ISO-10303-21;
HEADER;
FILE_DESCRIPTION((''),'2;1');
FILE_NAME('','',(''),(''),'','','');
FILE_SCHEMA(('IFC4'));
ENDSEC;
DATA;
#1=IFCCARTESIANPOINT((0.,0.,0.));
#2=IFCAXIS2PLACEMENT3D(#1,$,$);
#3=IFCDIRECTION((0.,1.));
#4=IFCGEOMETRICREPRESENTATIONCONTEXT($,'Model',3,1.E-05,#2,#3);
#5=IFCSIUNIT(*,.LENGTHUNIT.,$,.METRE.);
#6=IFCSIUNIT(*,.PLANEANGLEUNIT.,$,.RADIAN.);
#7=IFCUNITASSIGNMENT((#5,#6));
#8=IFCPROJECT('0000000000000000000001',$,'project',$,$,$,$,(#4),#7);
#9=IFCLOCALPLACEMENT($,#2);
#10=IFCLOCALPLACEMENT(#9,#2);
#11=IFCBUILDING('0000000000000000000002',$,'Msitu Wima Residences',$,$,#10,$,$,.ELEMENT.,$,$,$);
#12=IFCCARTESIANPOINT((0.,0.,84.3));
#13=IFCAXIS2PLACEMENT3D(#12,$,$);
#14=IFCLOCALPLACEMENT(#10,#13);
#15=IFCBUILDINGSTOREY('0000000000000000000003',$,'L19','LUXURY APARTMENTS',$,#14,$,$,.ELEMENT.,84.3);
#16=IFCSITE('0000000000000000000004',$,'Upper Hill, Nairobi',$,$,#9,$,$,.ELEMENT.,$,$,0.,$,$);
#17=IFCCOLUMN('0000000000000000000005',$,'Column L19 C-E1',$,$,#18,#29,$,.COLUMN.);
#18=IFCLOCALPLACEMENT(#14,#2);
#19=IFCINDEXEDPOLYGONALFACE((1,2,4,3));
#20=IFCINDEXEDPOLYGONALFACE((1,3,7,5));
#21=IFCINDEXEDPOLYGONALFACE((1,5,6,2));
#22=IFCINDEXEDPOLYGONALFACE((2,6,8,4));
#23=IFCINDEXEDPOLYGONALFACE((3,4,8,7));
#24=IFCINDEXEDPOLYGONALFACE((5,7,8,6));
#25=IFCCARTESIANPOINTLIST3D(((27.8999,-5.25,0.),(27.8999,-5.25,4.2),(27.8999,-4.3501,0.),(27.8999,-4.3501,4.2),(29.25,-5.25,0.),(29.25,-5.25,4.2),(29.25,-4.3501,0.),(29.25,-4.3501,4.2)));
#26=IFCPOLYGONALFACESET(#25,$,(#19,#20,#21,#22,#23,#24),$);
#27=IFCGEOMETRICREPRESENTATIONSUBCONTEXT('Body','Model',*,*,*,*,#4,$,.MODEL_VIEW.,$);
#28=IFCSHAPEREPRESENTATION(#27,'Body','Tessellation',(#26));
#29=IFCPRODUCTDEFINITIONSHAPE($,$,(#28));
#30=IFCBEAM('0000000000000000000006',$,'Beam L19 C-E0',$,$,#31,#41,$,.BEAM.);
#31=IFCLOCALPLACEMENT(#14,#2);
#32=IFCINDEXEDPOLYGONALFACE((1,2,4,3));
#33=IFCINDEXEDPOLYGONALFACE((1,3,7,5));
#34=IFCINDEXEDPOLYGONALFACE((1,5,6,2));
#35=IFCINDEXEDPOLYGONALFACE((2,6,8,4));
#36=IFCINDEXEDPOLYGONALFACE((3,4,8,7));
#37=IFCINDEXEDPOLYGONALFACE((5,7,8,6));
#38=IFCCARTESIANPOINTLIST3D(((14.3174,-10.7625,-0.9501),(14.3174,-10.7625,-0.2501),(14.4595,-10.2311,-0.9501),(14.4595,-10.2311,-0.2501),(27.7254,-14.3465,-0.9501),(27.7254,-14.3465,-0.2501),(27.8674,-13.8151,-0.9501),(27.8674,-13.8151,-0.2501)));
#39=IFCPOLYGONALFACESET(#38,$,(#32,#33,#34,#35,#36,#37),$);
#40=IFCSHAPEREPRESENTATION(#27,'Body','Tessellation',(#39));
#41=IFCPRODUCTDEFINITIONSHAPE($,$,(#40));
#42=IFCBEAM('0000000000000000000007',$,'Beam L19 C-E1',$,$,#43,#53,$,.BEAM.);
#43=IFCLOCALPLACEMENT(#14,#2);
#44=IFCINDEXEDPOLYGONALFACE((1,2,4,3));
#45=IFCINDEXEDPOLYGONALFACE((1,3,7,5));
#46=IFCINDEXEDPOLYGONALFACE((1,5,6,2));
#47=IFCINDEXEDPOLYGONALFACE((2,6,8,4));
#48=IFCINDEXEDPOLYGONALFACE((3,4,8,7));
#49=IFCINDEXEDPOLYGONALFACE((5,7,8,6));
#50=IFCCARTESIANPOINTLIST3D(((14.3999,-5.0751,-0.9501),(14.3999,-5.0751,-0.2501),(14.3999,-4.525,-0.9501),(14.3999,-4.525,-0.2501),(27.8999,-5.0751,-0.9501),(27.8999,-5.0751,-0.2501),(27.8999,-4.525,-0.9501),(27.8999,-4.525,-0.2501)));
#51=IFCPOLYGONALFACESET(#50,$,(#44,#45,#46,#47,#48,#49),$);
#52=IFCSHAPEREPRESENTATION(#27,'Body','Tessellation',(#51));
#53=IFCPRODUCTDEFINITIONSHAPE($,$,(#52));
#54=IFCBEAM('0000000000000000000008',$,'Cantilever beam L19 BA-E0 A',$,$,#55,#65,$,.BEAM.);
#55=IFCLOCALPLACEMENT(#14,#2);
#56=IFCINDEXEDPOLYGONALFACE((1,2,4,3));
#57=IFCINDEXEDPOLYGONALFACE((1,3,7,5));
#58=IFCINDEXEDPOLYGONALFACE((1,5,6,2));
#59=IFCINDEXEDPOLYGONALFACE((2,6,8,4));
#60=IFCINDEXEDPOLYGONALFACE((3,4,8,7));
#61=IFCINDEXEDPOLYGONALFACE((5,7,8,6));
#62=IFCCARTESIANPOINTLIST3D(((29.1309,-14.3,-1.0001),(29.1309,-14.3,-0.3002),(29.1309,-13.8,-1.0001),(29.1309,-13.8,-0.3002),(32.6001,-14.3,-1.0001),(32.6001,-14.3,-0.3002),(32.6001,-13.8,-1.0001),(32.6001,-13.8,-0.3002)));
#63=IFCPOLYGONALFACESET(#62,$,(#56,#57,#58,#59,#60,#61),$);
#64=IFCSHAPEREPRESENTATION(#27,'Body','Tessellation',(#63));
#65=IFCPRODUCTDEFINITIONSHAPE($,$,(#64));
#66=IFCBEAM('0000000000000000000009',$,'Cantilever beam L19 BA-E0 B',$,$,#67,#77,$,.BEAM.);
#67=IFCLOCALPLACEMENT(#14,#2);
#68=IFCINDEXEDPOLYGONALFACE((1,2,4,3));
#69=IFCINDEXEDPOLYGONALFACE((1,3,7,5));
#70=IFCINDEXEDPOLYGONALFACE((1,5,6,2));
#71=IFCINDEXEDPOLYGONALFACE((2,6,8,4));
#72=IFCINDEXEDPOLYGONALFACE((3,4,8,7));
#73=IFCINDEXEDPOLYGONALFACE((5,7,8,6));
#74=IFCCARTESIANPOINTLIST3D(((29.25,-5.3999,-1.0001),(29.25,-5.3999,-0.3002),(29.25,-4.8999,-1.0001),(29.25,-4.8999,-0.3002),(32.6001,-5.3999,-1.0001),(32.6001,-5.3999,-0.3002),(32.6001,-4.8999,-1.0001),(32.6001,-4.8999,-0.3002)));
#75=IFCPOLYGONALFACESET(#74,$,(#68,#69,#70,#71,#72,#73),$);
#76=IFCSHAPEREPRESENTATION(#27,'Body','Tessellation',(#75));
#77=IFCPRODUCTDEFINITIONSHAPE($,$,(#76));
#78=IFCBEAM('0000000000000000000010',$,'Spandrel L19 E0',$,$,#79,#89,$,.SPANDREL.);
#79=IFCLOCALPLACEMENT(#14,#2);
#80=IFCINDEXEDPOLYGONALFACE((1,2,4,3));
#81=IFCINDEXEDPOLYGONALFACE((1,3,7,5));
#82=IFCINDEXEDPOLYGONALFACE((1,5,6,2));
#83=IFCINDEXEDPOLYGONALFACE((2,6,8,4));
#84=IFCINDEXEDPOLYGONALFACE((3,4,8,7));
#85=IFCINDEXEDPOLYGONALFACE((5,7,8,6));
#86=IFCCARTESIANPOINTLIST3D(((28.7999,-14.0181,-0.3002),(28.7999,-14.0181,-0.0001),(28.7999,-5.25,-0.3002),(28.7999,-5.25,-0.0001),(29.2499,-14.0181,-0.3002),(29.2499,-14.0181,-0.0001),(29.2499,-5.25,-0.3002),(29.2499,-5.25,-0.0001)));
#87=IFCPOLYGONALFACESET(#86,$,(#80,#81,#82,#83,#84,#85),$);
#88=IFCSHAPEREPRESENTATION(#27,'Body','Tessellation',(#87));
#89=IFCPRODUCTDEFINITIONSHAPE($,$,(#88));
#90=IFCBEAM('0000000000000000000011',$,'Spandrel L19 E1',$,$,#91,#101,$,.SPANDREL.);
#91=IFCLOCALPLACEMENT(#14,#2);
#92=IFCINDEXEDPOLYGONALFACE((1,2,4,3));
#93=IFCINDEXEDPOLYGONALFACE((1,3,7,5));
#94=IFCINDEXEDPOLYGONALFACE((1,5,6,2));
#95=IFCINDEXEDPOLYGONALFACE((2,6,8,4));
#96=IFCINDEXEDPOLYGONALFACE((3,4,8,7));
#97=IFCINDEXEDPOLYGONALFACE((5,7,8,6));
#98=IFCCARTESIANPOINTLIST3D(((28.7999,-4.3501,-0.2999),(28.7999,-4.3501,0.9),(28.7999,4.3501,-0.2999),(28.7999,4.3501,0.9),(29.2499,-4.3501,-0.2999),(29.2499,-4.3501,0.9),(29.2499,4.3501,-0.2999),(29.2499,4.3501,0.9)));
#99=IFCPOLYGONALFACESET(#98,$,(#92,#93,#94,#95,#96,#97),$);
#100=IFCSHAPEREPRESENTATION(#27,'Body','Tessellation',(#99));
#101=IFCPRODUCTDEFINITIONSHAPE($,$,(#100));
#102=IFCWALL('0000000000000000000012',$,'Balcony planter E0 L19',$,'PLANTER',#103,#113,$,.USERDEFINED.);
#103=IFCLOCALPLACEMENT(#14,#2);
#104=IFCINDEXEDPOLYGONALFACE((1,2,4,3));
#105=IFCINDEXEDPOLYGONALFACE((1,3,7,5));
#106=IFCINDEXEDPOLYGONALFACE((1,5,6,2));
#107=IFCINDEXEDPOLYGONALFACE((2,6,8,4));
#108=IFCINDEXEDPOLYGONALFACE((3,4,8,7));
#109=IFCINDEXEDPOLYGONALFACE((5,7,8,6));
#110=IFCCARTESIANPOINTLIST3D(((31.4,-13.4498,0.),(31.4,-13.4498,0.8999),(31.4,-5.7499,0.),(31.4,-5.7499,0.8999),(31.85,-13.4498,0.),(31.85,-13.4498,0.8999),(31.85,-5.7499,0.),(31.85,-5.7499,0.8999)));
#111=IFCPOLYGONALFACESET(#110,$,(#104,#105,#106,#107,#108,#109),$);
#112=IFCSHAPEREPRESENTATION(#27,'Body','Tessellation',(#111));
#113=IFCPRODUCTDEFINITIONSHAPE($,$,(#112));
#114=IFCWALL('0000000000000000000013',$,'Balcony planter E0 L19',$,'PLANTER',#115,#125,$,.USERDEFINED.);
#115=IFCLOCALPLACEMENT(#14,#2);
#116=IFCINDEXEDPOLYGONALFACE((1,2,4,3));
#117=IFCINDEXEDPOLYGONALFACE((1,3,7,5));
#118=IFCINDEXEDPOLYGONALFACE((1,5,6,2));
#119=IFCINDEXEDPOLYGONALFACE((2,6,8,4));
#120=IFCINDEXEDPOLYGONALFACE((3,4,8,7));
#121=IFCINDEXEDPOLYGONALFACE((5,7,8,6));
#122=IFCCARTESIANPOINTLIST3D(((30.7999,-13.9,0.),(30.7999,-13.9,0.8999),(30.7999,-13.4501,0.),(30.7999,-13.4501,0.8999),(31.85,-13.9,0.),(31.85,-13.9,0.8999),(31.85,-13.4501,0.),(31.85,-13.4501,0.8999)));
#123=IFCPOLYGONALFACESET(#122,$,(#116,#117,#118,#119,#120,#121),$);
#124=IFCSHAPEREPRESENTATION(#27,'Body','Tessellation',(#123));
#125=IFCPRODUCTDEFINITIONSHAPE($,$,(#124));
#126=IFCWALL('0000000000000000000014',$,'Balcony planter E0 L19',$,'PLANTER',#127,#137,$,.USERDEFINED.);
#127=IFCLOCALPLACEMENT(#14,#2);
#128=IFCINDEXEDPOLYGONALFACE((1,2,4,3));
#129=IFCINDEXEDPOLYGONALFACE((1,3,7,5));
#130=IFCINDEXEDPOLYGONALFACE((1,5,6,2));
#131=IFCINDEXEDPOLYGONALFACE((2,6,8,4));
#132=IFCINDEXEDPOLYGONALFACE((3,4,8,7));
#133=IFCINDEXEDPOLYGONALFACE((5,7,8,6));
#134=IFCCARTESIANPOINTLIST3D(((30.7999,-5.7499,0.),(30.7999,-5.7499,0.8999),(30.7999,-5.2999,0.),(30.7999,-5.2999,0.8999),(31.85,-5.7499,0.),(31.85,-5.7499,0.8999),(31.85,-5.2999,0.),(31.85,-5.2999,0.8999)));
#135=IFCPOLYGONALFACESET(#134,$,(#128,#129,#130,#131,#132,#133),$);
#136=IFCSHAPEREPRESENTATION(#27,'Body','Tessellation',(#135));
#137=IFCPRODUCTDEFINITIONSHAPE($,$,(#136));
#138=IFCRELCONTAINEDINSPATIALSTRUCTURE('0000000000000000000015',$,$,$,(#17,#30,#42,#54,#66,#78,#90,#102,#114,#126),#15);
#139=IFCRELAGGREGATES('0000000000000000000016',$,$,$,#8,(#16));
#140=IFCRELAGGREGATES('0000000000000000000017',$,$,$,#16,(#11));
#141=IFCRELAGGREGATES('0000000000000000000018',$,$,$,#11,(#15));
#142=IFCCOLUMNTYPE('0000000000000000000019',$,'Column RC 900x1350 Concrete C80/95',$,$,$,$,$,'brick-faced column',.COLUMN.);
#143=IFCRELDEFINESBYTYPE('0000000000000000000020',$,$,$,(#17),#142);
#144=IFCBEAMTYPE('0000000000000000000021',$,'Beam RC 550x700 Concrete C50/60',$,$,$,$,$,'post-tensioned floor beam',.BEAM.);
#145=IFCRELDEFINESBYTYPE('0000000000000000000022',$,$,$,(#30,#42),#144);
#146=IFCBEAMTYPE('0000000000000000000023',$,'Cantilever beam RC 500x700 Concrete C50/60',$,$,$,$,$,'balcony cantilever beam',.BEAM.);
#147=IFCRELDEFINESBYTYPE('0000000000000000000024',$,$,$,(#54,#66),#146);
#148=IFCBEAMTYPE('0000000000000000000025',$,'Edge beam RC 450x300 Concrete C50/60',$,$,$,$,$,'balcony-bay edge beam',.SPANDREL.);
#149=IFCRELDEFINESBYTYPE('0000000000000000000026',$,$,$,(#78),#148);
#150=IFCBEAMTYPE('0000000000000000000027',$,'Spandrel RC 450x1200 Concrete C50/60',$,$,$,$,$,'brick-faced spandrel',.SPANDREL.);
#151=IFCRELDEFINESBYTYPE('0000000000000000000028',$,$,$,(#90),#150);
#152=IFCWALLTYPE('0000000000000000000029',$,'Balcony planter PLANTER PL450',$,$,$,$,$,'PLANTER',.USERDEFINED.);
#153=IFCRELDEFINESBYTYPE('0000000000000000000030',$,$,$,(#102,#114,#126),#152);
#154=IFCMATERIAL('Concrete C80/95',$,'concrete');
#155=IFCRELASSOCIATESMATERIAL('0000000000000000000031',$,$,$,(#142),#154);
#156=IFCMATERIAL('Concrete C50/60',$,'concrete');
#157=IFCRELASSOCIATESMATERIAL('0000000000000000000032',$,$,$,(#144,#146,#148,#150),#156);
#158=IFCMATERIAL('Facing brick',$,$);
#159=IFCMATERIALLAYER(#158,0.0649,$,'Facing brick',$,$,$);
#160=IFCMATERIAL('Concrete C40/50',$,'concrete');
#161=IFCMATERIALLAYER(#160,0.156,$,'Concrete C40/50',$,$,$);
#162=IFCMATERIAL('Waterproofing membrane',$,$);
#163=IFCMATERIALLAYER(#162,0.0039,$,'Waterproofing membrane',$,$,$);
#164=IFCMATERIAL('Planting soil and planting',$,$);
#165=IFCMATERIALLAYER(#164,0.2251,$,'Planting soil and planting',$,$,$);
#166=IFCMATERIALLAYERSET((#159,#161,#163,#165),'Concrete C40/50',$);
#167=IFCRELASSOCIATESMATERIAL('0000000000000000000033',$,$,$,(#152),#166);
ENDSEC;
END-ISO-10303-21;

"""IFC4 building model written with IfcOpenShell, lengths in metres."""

from ifc_helpers import new_model, si_unit, direction, frame, frame_2d, origin, origin_2d, place, context, subcontext, project, spatial, rectangle, extrude, material, layer, layer_set, material_profile, profile_set, type_object, element, save


model = new_model("IFC4")

# Units and contexts
model_context = context("Model", 3, precision=1e-05, world=origin(), true_north=direction((0.0, 1.0)))
body_context = subcontext(model_context, "Body", "Model", "MODEL_VIEW")
ifc_project = project(units=[si_unit("LENGTHUNIT", "METRE"), si_unit("PLANEANGLEUNIT", "RADIAN")], contexts=[model_context])

# Site, building, storey
site_placement = place(None, origin())
site = spatial("IfcSite", under=ifc_project, at=site_placement, Name="Upper Hill, Nairobi", CompositionType="ELEMENT", RefElevation=0.0)
building_placement = place(site_placement, origin())
building = spatial("IfcBuilding", under=site, at=building_placement, Name="Msitu Wima Residences", CompositionType="ELEMENT")
storey_placement = place(building_placement, frame((0.0, 0.0, 84.3)))
storey = spatial("IfcBuildingStorey", under=building, at=storey_placement, Name="L19", Description="LUXURY APARTMENTS", CompositionType="ELEMENT", Elevation=84.3)

# Column
ifc_material_1 = material(Name="Concrete C80/95", Category="concrete")
ifc_material_profile_1 = material_profile(ifc_material_1, rectangle(XDim=0.8999, YDim=1.3501, at=origin_2d()), Name="RC 900x1350")
ifc_profile_set_1 = profile_set([ifc_material_profile_1], Name="Concrete C80/95")
column_type = type_object("IfcColumnType", Name="Column RC 900x1350 Concrete C80/95", ElementType="brick-faced column", PredefinedType="COLUMN", material=ifc_profile_set_1)
column_placement = place(storey_placement, frame((28.575, -4.8, 0.0), z_axis=(0.0, 0.0, 1.0), x_axis=(0.0, 1.0, 0.0)))
element("IfcColumn", 1, at=column_placement, inside=storey, type_object=column_type, Name="Column L19 C-E1", PredefinedType="COLUMN", context=body_context, shape_type="SweptSolid", body=[
    extrude(rectangle(XDim=0.8999, YDim=1.3501, at=origin_2d()), origin(), (0.0, 0.0, 1.0), 4.2),
])

# Beams
ifc_material_2 = material(Name="Concrete C50/60", Category="concrete")
ifc_material_profile_2 = material_profile(ifc_material_2, rectangle(XDim=0.55, YDim=0.7, at=origin_2d()), Name="RC 550x700")
ifc_profile_set_2 = profile_set([ifc_material_profile_2], Name="Concrete C50/60")
beam_type_1 = type_object("IfcBeamType", Name="Beam RC 550x700 Concrete C50/60", ElementType="post-tensioned floor beam", PredefinedType="BEAM", material=ifc_profile_set_2)
beam_1_placement = place(storey_placement, frame((27.7964, -14.0808, -0.6001), z_axis=(-0.966082, 0.258236, 0.0), x_axis=(-0.258236, -0.966082, 0.0)))
element("IfcBeam", 2, at=beam_1_placement, inside=storey, type_object=beam_type_1, Name="Beam L19 C-E0", PredefinedType="BEAM", context=body_context, shape_type="SweptSolid", body=[
    extrude(rectangle(XDim=0.55, YDim=0.7, at=origin_2d()), origin(), (0.0, 0.0, 1.0), 13.8787),
])
beam_2_placement = place(storey_placement, frame((27.8999, -4.8, -0.6001), z_axis=(-1.0, 0.0, 0.0), x_axis=(0.0, -1.0, 0.0)))
element("IfcBeam", 3, at=beam_2_placement, inside=storey, type_object=beam_type_1, Name="Beam L19 C-E1", PredefinedType="BEAM", context=body_context, shape_type="SweptSolid", body=[
    extrude(rectangle(XDim=0.55, YDim=0.7, at=origin_2d()), origin(), (0.0, 0.0, 1.0), 13.5),
])
ifc_material_profile_3 = material_profile(ifc_material_2, rectangle(XDim=0.5, YDim=0.7, at=origin_2d()), Name="RC 500x700")
ifc_profile_set_3 = profile_set([ifc_material_profile_3], Name="Concrete C50/60")
beam_type_2 = type_object("IfcBeamType", Name="Cantilever beam RC 500x700 Concrete C50/60", ElementType="balcony cantilever beam", PredefinedType="BEAM", material=ifc_profile_set_3)
beam_3_placement = place(storey_placement, frame((29.1309, -14.05, -0.6501), z_axis=(1.0, 0.0, 0.0), x_axis=(0.0, 1.0, 0.0)))
element("IfcBeam", 4, at=beam_3_placement, inside=storey, type_object=beam_type_2, Name="Cantilever beam L19 BA-E0 A", PredefinedType="BEAM", context=body_context, shape_type="SweptSolid", body=[
    extrude(rectangle(XDim=0.5, YDim=0.7, at=origin_2d()), origin(), (0.0, 0.0, 1.0), 3.4692),
])
beam_4_placement = place(storey_placement, frame((29.25, -5.1499, -0.6501), z_axis=(1.0, 0.0, 0.0), x_axis=(0.0, 1.0, 0.0)))
element("IfcBeam", 5, at=beam_4_placement, inside=storey, type_object=beam_type_2, Name="Cantilever beam L19 BA-E0 B", PredefinedType="BEAM", context=body_context, shape_type="SweptSolid", body=[
    extrude(rectangle(XDim=0.5, YDim=0.7, at=origin_2d()), origin(), (0.0, 0.0, 1.0), 3.3501),
])
ifc_material_profile_4 = material_profile(ifc_material_2, rectangle(XDim=0.45, YDim=0.3, at=origin_2d()), Name="RC 450x300")
ifc_profile_set_4 = profile_set([ifc_material_profile_4], Name="Concrete C50/60")
beam_type_3 = type_object("IfcBeamType", Name="Edge beam RC 450x300 Concrete C50/60", ElementType="balcony-bay edge beam", PredefinedType="SPANDREL", material=ifc_profile_set_4)
beam_5_placement = place(storey_placement, frame((29.0249, -14.0181, -0.1501), z_axis=(0.0, 1.0, 0.0), x_axis=(-1.0, 0.0, 0.0)))
element("IfcBeam", 6, at=beam_5_placement, inside=storey, type_object=beam_type_3, Name="Spandrel L19 E0", PredefinedType="SPANDREL", context=body_context, shape_type="SweptSolid", body=[
    extrude(rectangle(XDim=0.45, YDim=0.3, at=origin_2d()), origin(), (0.0, 0.0, 1.0), 8.7681),
])
ifc_material_profile_5 = material_profile(ifc_material_2, rectangle(XDim=0.45, YDim=1.2, at=origin_2d()), Name="RC 450x1200")
ifc_profile_set_5 = profile_set([ifc_material_profile_5], Name="Concrete C50/60")
beam_type_4 = type_object("IfcBeamType", Name="Spandrel RC 450x1200 Concrete C50/60", ElementType="brick-faced spandrel", PredefinedType="SPANDREL", material=ifc_profile_set_5)
beam_6_placement = place(storey_placement, frame((29.0249, -4.3501, 0.3), z_axis=(0.0, 1.0, 0.0), x_axis=(-1.0, 0.0, 0.0)))
element("IfcBeam", 7, at=beam_6_placement, inside=storey, type_object=beam_type_4, Name="Spandrel L19 E1", PredefinedType="SPANDREL", context=body_context, shape_type="SweptSolid", body=[
    extrude(rectangle(XDim=0.45, YDim=1.2, at=origin_2d()), origin(), (0.0, 0.0, 1.0), 8.7002),
])

# Walls
ifc_material_3 = material(Name="Facing brick")
ifc_layer_1 = layer(ifc_material_3, 0.0649, Name="Facing brick")
ifc_material_4 = material(Name="Concrete C40/50", Category="concrete")
ifc_layer_2 = layer(ifc_material_4, 0.156, Name="Concrete C40/50")
ifc_material_5 = material(Name="Waterproofing membrane")
ifc_layer_3 = layer(ifc_material_5, 0.0039, Name="Waterproofing membrane")
ifc_material_6 = material(Name="Planting soil and planting")
ifc_layer_4 = layer(ifc_material_6, 0.2251, Name="Planting soil and planting")
ifc_layer_set_1 = layer_set([ifc_layer_1, ifc_layer_2, ifc_layer_3, ifc_layer_4], Name="Concrete C40/50")
wall_type_1 = type_object("IfcWallType", Name="Balcony planter PLANTER PL450", ElementType="PLANTER", PredefinedType="USERDEFINED", material=ifc_layer_set_1)
wall_1_placement = place(storey_placement, frame((31.625, -13.45, 0.0), z_axis=(0.0, 0.0, 1.0), x_axis=(0.0, 1.0, 0.0)))
element("IfcWall", 8, at=wall_1_placement, inside=storey, type_object=wall_type_1, Name="Balcony planter E0 L19", ObjectType="PLANTER", PredefinedType="USERDEFINED", context=body_context, shape_type="SweptSolid", body=[
    extrude(rectangle(XDim=7.7, YDim=0.45, at=frame_2d((3.8501, 0.0))), origin(), (0.0, 0.0, 1.0), 0.8999),
])
for number, where, z_axis, x_axis, name in (
    (9, (30.8, -13.675, 0.0), (0.0, 0.0, 1.0), (1.0, 0.0, 0.0), "Balcony planter E0 L19"),
    (10, (30.8, -5.5249, 0.0), (0.0, 0.0, 1.0), (1.0, 0.0, 0.0), "Balcony planter E0 L19"),
):
    element("IfcWall", number, at=place(storey_placement, frame(where, z_axis=z_axis, x_axis=x_axis)), inside=storey, type_object=wall_type_1, Name=name, ObjectType="PLANTER", PredefinedType="USERDEFINED", context=body_context, shape_type="SweptSolid", body=[
        extrude(rectangle(XDim=1.05, YDim=0.45, at=frame_2d((0.5249, 0.0))), origin(), (0.0, 0.0, 1.0), 0.8999),
    ])

save(model, "model.ifc")
